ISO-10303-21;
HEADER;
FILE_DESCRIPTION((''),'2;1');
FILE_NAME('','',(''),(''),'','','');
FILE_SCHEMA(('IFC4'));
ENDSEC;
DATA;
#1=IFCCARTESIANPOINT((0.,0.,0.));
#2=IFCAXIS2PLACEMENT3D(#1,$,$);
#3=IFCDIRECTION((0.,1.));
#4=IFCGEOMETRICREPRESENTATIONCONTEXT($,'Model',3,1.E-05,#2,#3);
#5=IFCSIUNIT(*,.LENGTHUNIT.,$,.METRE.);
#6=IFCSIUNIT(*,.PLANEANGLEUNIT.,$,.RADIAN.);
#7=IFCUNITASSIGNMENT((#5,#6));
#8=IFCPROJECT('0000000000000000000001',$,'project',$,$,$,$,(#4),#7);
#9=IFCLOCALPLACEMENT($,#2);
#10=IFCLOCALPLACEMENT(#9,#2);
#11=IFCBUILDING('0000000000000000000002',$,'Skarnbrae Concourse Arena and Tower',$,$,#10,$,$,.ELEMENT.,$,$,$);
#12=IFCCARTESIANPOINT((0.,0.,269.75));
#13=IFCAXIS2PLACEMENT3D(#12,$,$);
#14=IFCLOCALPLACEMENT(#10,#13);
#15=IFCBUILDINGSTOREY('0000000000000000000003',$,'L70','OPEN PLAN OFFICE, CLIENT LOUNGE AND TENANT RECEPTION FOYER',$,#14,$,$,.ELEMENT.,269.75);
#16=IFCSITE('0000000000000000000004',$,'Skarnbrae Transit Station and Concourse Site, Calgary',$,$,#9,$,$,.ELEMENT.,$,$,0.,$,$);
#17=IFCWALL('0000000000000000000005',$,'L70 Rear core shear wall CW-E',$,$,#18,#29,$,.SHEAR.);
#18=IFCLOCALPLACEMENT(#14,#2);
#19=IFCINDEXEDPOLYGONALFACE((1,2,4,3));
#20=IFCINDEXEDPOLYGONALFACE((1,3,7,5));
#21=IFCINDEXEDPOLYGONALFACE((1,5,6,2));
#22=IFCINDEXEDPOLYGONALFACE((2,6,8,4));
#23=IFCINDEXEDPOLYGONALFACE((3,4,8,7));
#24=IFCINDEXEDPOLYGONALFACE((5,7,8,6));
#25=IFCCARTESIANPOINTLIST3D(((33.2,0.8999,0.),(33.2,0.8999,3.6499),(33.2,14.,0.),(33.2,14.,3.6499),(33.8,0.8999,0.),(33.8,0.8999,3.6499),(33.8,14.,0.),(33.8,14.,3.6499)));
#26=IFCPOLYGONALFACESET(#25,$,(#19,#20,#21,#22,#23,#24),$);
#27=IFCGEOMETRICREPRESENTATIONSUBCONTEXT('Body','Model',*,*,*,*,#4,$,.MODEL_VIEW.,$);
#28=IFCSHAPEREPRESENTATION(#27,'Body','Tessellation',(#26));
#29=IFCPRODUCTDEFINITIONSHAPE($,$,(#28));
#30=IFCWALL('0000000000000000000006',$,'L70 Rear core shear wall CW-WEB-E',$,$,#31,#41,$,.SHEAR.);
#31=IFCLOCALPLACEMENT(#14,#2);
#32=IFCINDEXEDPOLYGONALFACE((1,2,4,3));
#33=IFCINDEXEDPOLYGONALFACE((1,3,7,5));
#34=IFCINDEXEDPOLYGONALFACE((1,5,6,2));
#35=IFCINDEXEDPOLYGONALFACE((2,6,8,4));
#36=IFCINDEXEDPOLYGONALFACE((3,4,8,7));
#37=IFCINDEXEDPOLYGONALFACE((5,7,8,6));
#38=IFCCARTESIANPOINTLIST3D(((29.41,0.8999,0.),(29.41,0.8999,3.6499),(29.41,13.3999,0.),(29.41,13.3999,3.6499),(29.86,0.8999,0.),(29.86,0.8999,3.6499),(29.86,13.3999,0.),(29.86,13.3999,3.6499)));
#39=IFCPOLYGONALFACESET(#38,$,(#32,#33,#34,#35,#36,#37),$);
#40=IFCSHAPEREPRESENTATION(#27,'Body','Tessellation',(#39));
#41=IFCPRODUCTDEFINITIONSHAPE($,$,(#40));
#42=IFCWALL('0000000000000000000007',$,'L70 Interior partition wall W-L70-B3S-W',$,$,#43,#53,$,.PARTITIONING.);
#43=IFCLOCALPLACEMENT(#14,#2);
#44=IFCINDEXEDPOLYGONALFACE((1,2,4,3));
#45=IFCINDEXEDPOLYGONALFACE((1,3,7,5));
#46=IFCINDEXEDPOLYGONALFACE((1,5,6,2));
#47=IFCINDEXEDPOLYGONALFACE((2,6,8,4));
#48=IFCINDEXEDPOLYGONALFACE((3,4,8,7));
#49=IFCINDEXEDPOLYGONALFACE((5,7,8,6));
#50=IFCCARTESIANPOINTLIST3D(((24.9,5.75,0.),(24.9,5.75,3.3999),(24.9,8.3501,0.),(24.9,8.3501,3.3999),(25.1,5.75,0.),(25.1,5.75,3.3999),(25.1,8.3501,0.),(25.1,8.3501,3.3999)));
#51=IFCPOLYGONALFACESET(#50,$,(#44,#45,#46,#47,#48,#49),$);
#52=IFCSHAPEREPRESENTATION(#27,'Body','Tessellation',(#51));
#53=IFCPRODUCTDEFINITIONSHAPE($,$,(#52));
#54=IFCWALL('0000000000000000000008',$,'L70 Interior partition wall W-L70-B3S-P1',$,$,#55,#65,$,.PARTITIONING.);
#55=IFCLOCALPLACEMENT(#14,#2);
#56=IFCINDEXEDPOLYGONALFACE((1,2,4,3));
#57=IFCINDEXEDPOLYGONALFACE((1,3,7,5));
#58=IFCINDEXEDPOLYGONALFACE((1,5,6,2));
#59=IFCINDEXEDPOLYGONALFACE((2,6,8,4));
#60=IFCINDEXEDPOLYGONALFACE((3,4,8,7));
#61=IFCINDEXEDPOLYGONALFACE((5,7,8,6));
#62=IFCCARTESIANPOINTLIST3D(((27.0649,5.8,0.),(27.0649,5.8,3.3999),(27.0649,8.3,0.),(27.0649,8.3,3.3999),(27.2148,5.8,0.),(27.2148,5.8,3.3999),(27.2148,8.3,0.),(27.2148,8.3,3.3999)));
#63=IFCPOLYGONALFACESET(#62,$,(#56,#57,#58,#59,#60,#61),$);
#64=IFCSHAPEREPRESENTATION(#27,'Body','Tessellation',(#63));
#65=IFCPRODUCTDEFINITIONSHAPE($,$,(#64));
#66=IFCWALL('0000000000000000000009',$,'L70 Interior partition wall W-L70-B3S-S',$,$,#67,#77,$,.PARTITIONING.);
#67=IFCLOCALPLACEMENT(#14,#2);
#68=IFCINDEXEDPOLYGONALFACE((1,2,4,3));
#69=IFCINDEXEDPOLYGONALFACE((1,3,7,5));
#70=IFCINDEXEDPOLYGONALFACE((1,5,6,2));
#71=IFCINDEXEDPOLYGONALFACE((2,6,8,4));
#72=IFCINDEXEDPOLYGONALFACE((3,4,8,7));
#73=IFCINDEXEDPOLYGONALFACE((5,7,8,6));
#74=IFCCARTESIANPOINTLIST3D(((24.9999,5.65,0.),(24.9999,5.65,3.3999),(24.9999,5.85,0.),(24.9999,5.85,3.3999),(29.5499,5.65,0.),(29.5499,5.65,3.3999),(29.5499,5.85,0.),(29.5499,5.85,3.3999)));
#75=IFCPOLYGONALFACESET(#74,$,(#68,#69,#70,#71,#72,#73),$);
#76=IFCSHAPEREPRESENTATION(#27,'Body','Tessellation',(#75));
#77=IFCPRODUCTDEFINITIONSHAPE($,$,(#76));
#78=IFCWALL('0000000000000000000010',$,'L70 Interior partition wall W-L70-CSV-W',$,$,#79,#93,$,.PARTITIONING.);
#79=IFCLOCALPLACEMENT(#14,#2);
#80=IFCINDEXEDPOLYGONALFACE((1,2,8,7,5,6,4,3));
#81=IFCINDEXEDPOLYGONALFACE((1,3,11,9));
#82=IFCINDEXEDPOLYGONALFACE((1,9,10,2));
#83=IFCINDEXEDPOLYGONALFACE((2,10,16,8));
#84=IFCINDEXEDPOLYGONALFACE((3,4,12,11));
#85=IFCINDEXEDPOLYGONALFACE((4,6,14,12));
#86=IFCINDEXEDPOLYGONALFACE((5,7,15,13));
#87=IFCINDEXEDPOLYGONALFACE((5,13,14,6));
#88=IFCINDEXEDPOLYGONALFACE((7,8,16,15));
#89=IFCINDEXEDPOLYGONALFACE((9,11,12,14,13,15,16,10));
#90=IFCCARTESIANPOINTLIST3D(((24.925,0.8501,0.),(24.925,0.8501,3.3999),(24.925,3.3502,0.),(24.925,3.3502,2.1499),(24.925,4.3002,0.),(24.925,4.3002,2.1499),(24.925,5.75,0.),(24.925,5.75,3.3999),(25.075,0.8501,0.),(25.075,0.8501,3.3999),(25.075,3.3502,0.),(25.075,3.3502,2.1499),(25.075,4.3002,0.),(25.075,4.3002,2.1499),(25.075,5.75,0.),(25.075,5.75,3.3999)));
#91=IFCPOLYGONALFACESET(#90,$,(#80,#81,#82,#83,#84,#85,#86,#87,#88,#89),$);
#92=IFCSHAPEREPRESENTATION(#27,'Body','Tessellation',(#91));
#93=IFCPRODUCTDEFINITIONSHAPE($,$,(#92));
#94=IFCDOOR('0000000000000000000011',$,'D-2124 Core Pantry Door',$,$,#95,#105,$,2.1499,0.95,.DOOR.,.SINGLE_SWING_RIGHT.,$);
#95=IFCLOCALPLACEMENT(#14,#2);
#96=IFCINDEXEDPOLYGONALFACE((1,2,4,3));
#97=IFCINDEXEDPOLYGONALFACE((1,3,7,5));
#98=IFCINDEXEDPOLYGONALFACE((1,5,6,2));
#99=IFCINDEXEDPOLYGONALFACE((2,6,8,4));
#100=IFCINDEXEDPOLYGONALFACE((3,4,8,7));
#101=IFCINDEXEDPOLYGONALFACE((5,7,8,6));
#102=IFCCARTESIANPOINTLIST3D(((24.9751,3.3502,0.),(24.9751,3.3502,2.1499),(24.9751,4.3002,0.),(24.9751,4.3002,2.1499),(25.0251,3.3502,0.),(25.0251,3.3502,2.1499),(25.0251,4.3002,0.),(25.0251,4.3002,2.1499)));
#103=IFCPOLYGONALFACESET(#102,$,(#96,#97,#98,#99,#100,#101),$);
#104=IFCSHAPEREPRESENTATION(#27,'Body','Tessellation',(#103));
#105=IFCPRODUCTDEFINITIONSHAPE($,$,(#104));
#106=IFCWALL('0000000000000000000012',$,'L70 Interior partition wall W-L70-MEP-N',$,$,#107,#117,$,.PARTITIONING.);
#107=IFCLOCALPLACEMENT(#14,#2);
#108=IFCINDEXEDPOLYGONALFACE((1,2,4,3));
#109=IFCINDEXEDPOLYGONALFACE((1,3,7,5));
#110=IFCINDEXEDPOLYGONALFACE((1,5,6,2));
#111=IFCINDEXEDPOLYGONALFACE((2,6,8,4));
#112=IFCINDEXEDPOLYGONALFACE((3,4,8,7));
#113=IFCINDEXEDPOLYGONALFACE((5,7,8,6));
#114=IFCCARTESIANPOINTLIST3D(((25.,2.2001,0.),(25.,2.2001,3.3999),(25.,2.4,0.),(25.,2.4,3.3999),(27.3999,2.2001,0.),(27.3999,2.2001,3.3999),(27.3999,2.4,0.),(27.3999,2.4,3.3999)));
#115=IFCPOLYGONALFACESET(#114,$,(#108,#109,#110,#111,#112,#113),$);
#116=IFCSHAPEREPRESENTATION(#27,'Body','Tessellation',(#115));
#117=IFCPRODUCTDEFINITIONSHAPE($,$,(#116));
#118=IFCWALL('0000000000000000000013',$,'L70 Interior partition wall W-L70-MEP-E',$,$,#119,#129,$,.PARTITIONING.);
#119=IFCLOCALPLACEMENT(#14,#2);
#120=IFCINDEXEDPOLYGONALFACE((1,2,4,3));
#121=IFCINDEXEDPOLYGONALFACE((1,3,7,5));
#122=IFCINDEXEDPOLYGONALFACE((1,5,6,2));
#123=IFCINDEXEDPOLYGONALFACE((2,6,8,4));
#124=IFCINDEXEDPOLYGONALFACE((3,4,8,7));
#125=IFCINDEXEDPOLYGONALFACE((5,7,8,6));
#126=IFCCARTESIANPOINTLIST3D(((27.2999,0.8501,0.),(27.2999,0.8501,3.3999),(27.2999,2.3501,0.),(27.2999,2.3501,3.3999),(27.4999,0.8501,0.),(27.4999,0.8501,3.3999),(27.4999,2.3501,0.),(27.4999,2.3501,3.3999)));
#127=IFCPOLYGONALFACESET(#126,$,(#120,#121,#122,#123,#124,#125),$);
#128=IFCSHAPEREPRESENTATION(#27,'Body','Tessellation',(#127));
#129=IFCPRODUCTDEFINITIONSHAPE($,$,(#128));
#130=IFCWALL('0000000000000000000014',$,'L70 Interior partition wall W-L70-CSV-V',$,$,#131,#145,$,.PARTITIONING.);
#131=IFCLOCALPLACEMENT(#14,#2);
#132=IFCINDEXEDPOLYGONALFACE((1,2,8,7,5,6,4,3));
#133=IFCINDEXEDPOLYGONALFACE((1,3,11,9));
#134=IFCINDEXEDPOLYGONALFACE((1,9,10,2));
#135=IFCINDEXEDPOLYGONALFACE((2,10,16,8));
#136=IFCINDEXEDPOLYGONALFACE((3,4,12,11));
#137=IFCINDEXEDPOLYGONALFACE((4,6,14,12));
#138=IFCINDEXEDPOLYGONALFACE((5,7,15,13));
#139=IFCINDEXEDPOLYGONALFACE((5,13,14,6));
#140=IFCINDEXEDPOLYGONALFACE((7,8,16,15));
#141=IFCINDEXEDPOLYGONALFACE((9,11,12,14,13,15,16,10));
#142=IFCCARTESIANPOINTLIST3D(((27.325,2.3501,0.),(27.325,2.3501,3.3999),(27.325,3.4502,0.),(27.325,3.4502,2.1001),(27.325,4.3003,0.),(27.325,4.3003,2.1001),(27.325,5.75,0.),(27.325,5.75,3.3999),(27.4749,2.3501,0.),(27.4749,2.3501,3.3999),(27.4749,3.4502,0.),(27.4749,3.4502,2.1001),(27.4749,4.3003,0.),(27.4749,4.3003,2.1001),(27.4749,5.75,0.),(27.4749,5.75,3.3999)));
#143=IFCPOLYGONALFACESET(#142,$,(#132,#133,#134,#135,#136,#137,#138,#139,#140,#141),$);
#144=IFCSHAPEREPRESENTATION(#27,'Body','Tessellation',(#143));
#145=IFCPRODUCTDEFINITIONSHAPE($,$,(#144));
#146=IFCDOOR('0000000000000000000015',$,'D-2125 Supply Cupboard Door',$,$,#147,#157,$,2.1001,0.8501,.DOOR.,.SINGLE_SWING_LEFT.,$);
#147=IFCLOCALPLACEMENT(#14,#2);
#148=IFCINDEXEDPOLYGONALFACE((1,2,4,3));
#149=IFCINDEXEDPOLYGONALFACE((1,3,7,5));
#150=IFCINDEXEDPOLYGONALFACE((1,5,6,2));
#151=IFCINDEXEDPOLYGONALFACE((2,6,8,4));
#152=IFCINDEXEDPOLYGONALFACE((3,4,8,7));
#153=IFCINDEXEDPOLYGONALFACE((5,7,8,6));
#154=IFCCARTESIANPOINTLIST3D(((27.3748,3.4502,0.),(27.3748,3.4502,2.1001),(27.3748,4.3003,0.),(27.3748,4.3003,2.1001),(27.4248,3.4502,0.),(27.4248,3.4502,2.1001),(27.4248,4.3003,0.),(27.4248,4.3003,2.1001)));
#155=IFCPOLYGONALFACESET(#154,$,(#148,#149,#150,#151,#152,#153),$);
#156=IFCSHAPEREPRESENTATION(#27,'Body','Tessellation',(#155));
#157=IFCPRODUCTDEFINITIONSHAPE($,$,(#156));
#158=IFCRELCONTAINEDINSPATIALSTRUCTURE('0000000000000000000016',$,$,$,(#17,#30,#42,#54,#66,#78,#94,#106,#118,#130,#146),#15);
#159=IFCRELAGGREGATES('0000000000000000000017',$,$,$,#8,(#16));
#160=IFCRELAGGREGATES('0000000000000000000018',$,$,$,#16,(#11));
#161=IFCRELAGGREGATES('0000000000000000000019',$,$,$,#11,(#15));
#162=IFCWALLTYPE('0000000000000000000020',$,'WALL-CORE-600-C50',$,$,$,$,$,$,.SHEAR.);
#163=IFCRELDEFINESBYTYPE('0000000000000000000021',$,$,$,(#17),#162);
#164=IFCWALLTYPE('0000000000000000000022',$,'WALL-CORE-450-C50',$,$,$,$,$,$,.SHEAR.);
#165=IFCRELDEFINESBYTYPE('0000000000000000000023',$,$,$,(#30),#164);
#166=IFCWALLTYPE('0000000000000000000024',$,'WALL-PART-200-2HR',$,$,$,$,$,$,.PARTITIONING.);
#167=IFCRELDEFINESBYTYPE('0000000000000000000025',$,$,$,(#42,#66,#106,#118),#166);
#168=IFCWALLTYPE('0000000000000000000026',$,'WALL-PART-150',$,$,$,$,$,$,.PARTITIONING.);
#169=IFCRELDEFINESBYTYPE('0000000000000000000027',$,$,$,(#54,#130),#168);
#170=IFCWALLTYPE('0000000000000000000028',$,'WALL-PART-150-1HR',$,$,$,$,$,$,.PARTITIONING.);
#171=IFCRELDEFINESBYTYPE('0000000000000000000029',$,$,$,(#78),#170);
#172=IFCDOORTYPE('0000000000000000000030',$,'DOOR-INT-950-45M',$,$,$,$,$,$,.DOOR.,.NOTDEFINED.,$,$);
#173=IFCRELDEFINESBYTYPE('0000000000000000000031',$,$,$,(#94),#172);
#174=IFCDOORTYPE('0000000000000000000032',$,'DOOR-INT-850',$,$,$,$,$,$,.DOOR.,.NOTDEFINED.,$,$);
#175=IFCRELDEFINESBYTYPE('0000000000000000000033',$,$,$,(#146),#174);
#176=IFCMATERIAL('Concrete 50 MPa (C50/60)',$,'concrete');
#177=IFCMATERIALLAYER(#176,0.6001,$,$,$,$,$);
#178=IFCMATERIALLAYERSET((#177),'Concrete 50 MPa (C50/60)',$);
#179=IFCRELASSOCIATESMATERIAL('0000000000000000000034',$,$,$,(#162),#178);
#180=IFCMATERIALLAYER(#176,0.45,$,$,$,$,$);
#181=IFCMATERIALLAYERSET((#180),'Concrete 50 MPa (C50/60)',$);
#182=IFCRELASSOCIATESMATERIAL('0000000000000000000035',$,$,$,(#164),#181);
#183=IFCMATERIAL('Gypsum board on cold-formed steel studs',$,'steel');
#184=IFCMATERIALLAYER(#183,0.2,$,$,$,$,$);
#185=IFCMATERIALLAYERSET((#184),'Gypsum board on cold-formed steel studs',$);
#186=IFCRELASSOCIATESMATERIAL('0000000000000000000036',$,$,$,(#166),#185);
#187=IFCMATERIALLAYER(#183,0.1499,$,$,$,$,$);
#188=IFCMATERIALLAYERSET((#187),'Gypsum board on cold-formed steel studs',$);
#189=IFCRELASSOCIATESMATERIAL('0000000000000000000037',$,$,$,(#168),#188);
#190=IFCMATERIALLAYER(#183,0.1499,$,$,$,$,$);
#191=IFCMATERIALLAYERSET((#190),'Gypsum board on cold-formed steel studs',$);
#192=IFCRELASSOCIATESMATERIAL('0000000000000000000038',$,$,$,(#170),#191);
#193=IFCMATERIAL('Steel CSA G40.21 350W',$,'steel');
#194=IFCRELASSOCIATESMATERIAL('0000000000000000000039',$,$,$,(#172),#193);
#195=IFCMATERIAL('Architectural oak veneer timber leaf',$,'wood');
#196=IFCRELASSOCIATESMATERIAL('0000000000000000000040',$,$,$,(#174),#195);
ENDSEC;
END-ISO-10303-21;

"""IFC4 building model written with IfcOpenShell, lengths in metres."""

from ifc_helpers import new_model, si_unit, direction, frame, frame_2d, origin, place, context, subcontext, project, spatial, rectangle, extrude, source, transform, mapped, material, layer, layer_set, type_object, element, fill, save


model = new_model("IFC4")

# Units and contexts
model_context = context("Model", 3, precision=1e-05, world=origin(), true_north=direction((0.0, 1.0)))
body_context = subcontext(model_context, "Body", "Model", "MODEL_VIEW")
ifc_project = project(units=[si_unit("LENGTHUNIT", "METRE"), si_unit("PLANEANGLEUNIT", "RADIAN")], contexts=[model_context])

# Site, building, storey
site_placement = place(None, origin())
site = spatial("IfcSite", under=ifc_project, at=site_placement, Name="Skarnbrae Transit Station and Concourse Site, Calgary", CompositionType="ELEMENT", RefElevation=0.0)
building_placement = place(site_placement, origin())
building = spatial("IfcBuilding", under=site, at=building_placement, Name="Skarnbrae Concourse Arena and Tower", CompositionType="ELEMENT")
storey_placement = place(building_placement, frame((0.0, 0.0, 269.75)))
storey = spatial("IfcBuildingStorey", under=building, at=storey_placement, Name="L70", Description="OPEN PLAN OFFICE, CLIENT LOUNGE AND TENANT RECEPTION FOYER", CompositionType="ELEMENT", Elevation=269.75)

# Walls
ifc_material_1 = material(Name="Concrete 50 MPa (C50/60)", Category="concrete")
ifc_layer_1 = layer(ifc_material_1, 0.6001)
ifc_layer_set_1 = layer_set([ifc_layer_1], Name="Concrete 50 MPa (C50/60)")
wall_type_1 = type_object("IfcWallType", Name="WALL-CORE-600-C50", PredefinedType="SHEAR", material=ifc_layer_set_1)
shared_shape_1 = source(origin(), body_context, "Body", "SweptSolid", [
    extrude(rectangle(XDim=13.1001, YDim=0.6001, at=frame_2d((6.55, 0.0))), origin(), (0.0, 0.0, 1.0), 3.6499),
])
wall_1_placement = place(storey_placement, frame((33.5, 0.8999, 0.0), z_axis=(0.0, 0.0, 1.0), x_axis=(0.0, 1.0, 0.0)))
element("IfcWall", 1, at=wall_1_placement, inside=storey, type_object=wall_type_1, Name="L70 Rear core shear wall CW-E", PredefinedType="SHEAR", context=body_context, shape_type="MappedRepresentation", body=[
    mapped(shared_shape_1, transform((0.0, 0.0, 0.0))),
])
ifc_layer_2 = layer(ifc_material_1, 0.45)
ifc_layer_set_2 = layer_set([ifc_layer_2], Name="Concrete 50 MPa (C50/60)")
wall_type_2 = type_object("IfcWallType", Name="WALL-CORE-450-C50", PredefinedType="SHEAR", material=ifc_layer_set_2)
shared_shape_2 = source(origin(), body_context, "Body", "SweptSolid", [
    extrude(rectangle(XDim=12.5, YDim=0.45, at=frame_2d((6.25, 0.0))), origin(), (0.0, 0.0, 1.0), 3.6499),
])
wall_2_placement = place(storey_placement, frame((29.635, 0.8999, 0.0), z_axis=(0.0, 0.0, 1.0), x_axis=(0.0, 1.0, 0.0)))
element("IfcWall", 2, at=wall_2_placement, inside=storey, type_object=wall_type_2, Name="L70 Rear core shear wall CW-WEB-E", PredefinedType="SHEAR", context=body_context, shape_type="MappedRepresentation", body=[
    mapped(shared_shape_2, transform((0.0, 0.0, 0.0))),
])
ifc_material_2 = material(Name="Gypsum board on cold-formed steel studs", Category="steel")
ifc_layer_3 = layer(ifc_material_2, 0.2)
ifc_layer_set_3 = layer_set([ifc_layer_3], Name="Gypsum board on cold-formed steel studs")
wall_type_3 = type_object("IfcWallType", Name="WALL-PART-200-2HR", PredefinedType="PARTITIONING", material=ifc_layer_set_3)
shared_shape_3 = source(origin(), body_context, "Body", "SweptSolid", [
    extrude(rectangle(XDim=2.6001, YDim=0.2, at=frame_2d((1.3, 0.0))), origin(), (0.0, 0.0, 1.0), 3.3999),
])
wall_3_placement = place(storey_placement, frame((25.0, 5.75, 0.0), z_axis=(0.0, 0.0, 1.0), x_axis=(0.0, 1.0, 0.0)))
element("IfcWall", 3, at=wall_3_placement, inside=storey, type_object=wall_type_3, Name="L70 Interior partition wall W-L70-B3S-W", PredefinedType="PARTITIONING", context=body_context, shape_type="MappedRepresentation", body=[
    mapped(shared_shape_3, transform((0.0, 0.0, 0.0))),
])
ifc_layer_4 = layer(ifc_material_2, 0.1499)
ifc_layer_set_4 = layer_set([ifc_layer_4], Name="Gypsum board on cold-formed steel studs")
wall_type_4 = type_object("IfcWallType", Name="WALL-PART-150", PredefinedType="PARTITIONING", material=ifc_layer_set_4)
shared_shape_4 = source(origin(), body_context, "Body", "SweptSolid", [
    extrude(rectangle(XDim=2.5, YDim=0.1499, at=frame_2d((1.25, 0.0))), origin(), (0.0, 0.0, 1.0), 3.3999),
])
wall_4_placement = place(storey_placement, frame((27.1399, 5.8, 0.0), z_axis=(0.0, 0.0, 1.0), x_axis=(0.0, 1.0, 0.0)))
element("IfcWall", 4, at=wall_4_placement, inside=storey, type_object=wall_type_4, Name="L70 Interior partition wall W-L70-B3S-P1", PredefinedType="PARTITIONING", context=body_context, shape_type="MappedRepresentation", body=[
    mapped(shared_shape_4, transform((0.0, 0.0, 0.0))),
])

# Shared definitions
shared_shape_5 = source(origin(), body_context, "Body", "SweptSolid", [
    extrude(rectangle(XDim=4.55, YDim=0.2, at=frame_2d((2.2749, 0.0))), origin(), (0.0, 0.0, 1.0), 3.3999),
])

# Wall
wall_5_placement = place(storey_placement, frame((25.0, 5.75, 0.0), z_axis=(0.0, 0.0, 1.0), x_axis=(1.0, 0.0, 0.0)))
element("IfcWall", 5, at=wall_5_placement, inside=storey, type_object=wall_type_3, Name="L70 Interior partition wall W-L70-B3S-S", PredefinedType="PARTITIONING", context=body_context, shape_type="MappedRepresentation", body=[
    mapped(shared_shape_5, transform((0.0, 0.0, 0.0))),
])

# Wall, opening, door
ifc_layer_5 = layer(ifc_material_2, 0.1499)
ifc_layer_set_5 = layer_set([ifc_layer_5], Name="Gypsum board on cold-formed steel studs")
wall_type_5 = type_object("IfcWallType", Name="WALL-PART-150-1HR", PredefinedType="PARTITIONING", material=ifc_layer_set_5)
shared_shape_6 = source(origin(), body_context, "Body", "SweptSolid", [
    extrude(rectangle(XDim=4.8999, YDim=0.1499, at=frame_2d((2.45, 0.0))), origin(), (0.0, 0.0, 1.0), 3.3999),
])
wall_6_placement = place(storey_placement, frame((25.0, 0.8501, 0.0), z_axis=(0.0, 0.0, 1.0), x_axis=(0.0, 1.0, 0.0)))
wall_6 = element("IfcWall", 6, at=wall_6_placement, inside=storey, type_object=wall_type_5, Name="L70 Interior partition wall W-L70-CSV-W", PredefinedType="PARTITIONING", context=body_context, shape_type="MappedRepresentation", body=[
    mapped(shared_shape_6, transform((0.0, 0.0, 0.0))),
])
opening_1_placement = place(wall_6_placement, frame((2.5, 0.0, 0.0)))
opening_1 = element("IfcOpeningElement", 7, at=opening_1_placement, cuts=wall_6, PredefinedType="OPENING", context=body_context, shape_type="SweptSolid", body=[
    extrude(rectangle(XDim=0.95, YDim=2.1499, at=frame_2d((0.4751, 1.075))), frame((0.0, 0.085, 0.0), z_axis=(0.0, -1.0, 0.0), x_axis=(1.0, 0.0, 0.0)), (0.0, 0.0, 1.0), 0.1699),
])
ifc_material_3 = material(Name="Steel CSA G40.21 350W", Category="steel")
door_type_1 = type_object("IfcDoorType", Name="DOOR-INT-950-45M", OperationType="NOTDEFINED", PredefinedType="DOOR", material=ifc_material_3)
shared_shape_7 = source(origin(), body_context, "Body", "SweptSolid", [
    extrude(rectangle(XDim=0.95, YDim=2.1499, at=frame_2d((0.4751, 1.075))), frame((0.0, 0.0249, 0.0), z_axis=(0.0, -1.0, 0.0), x_axis=(1.0, 0.0, 0.0)), (0.0, 0.0, 1.0), 0.05),
])
door_1_placement = place(opening_1_placement, origin())
door_1 = element("IfcDoor", 8, at=door_1_placement, inside=storey, type_object=door_type_1, Name="D-2124 Core Pantry Door", OperationType="SINGLE_SWING_RIGHT", OverallHeight=2.1499, OverallWidth=0.95, PredefinedType="DOOR", context=body_context, shape_type="MappedRepresentation", body=[
    mapped(shared_shape_7, transform((0.0, 0.0, 0.0))),
])
fill(opening_1, door_1)

# Walls
shared_shape_8 = source(origin(), body_context, "Body", "SweptSolid", [
    extrude(rectangle(XDim=2.3999, YDim=0.2, at=frame_2d((1.2, 0.0))), origin(), (0.0, 0.0, 1.0), 3.3999),
])
wall_7_placement = place(storey_placement, frame((25.0, 2.3, 0.0), z_axis=(0.0, 0.0, 1.0), x_axis=(1.0, 0.0, 0.0)))
element("IfcWall", 9, at=wall_7_placement, inside=storey, type_object=wall_type_3, Name="L70 Interior partition wall W-L70-MEP-N", PredefinedType="PARTITIONING", context=body_context, shape_type="MappedRepresentation", body=[
    mapped(shared_shape_8, transform((0.0, 0.0, 0.0))),
])
shared_shape_9 = source(origin(), body_context, "Body", "SweptSolid", [
    extrude(rectangle(XDim=1.5, YDim=0.2, at=frame_2d((0.75, 0.0))), origin(), (0.0, 0.0, 1.0), 3.3999),
])
wall_8_placement = place(storey_placement, frame((27.3999, 0.8501, 0.0), z_axis=(0.0, 0.0, 1.0), x_axis=(0.0, 1.0, 0.0)))
element("IfcWall", 10, at=wall_8_placement, inside=storey, type_object=wall_type_3, Name="L70 Interior partition wall W-L70-MEP-E", PredefinedType="PARTITIONING", context=body_context, shape_type="MappedRepresentation", body=[
    mapped(shared_shape_9, transform((0.0, 0.0, 0.0))),
])

# Wall, opening, door
shared_shape_10 = source(origin(), body_context, "Body", "SweptSolid", [
    extrude(rectangle(XDim=3.3999, YDim=0.1499, at=frame_2d((1.7, 0.0))), origin(), (0.0, 0.0, 1.0), 3.3999),
])
wall_9_placement = place(storey_placement, frame((27.3999, 2.3501, 0.0), z_axis=(0.0, 0.0, 1.0), x_axis=(0.0, 1.0, 0.0)))
wall_9 = element("IfcWall", 11, at=wall_9_placement, inside=storey, type_object=wall_type_4, Name="L70 Interior partition wall W-L70-CSV-V", PredefinedType="PARTITIONING", context=body_context, shape_type="MappedRepresentation", body=[
    mapped(shared_shape_10, transform((0.0, 0.0, 0.0))),
])
opening_2_placement = place(wall_9_placement, frame((1.1001, 0.0, 0.0)))
opening_2 = element("IfcOpeningElement", 12, at=opening_2_placement, cuts=wall_9, PredefinedType="OPENING", context=body_context, shape_type="SweptSolid", body=[
    extrude(rectangle(XDim=0.8501, YDim=2.1001, at=frame_2d((0.425, 1.05))), frame((0.0, 0.085, 0.0), z_axis=(0.0, -1.0, 0.0), x_axis=(1.0, 0.0, 0.0)), (0.0, 0.0, 1.0), 0.1699),
])
ifc_material_4 = material(Name="Architectural oak veneer timber leaf", Category="wood")
door_type_2 = type_object("IfcDoorType", Name="DOOR-INT-850", OperationType="NOTDEFINED", PredefinedType="DOOR", material=ifc_material_4)
shared_shape_11 = source(origin(), body_context, "Body", "SweptSolid", [
    extrude(rectangle(XDim=0.8501, YDim=2.1001, at=frame_2d((0.425, 1.05))), frame((0.0, 0.0249, 0.0), z_axis=(0.0, -1.0, 0.0), x_axis=(1.0, 0.0, 0.0)), (0.0, 0.0, 1.0), 0.05),
])
door_2_placement = place(opening_2_placement, frame((0.8501, 0.0, 0.0), z_axis=(0.0, 0.0, 1.0), x_axis=(-1.0, 0.0, 0.0)))
door_2 = element("IfcDoor", 13, at=door_2_placement, inside=storey, type_object=door_type_2, Name="D-2125 Supply Cupboard Door", OperationType="SINGLE_SWING_LEFT", OverallHeight=2.1001, OverallWidth=0.8501, PredefinedType="DOOR", context=body_context, shape_type="MappedRepresentation", body=[
    mapped(shared_shape_11, transform((0.0, 0.0, 0.0))),
])
fill(opening_2, door_2)

save(model, "model.ifc")
